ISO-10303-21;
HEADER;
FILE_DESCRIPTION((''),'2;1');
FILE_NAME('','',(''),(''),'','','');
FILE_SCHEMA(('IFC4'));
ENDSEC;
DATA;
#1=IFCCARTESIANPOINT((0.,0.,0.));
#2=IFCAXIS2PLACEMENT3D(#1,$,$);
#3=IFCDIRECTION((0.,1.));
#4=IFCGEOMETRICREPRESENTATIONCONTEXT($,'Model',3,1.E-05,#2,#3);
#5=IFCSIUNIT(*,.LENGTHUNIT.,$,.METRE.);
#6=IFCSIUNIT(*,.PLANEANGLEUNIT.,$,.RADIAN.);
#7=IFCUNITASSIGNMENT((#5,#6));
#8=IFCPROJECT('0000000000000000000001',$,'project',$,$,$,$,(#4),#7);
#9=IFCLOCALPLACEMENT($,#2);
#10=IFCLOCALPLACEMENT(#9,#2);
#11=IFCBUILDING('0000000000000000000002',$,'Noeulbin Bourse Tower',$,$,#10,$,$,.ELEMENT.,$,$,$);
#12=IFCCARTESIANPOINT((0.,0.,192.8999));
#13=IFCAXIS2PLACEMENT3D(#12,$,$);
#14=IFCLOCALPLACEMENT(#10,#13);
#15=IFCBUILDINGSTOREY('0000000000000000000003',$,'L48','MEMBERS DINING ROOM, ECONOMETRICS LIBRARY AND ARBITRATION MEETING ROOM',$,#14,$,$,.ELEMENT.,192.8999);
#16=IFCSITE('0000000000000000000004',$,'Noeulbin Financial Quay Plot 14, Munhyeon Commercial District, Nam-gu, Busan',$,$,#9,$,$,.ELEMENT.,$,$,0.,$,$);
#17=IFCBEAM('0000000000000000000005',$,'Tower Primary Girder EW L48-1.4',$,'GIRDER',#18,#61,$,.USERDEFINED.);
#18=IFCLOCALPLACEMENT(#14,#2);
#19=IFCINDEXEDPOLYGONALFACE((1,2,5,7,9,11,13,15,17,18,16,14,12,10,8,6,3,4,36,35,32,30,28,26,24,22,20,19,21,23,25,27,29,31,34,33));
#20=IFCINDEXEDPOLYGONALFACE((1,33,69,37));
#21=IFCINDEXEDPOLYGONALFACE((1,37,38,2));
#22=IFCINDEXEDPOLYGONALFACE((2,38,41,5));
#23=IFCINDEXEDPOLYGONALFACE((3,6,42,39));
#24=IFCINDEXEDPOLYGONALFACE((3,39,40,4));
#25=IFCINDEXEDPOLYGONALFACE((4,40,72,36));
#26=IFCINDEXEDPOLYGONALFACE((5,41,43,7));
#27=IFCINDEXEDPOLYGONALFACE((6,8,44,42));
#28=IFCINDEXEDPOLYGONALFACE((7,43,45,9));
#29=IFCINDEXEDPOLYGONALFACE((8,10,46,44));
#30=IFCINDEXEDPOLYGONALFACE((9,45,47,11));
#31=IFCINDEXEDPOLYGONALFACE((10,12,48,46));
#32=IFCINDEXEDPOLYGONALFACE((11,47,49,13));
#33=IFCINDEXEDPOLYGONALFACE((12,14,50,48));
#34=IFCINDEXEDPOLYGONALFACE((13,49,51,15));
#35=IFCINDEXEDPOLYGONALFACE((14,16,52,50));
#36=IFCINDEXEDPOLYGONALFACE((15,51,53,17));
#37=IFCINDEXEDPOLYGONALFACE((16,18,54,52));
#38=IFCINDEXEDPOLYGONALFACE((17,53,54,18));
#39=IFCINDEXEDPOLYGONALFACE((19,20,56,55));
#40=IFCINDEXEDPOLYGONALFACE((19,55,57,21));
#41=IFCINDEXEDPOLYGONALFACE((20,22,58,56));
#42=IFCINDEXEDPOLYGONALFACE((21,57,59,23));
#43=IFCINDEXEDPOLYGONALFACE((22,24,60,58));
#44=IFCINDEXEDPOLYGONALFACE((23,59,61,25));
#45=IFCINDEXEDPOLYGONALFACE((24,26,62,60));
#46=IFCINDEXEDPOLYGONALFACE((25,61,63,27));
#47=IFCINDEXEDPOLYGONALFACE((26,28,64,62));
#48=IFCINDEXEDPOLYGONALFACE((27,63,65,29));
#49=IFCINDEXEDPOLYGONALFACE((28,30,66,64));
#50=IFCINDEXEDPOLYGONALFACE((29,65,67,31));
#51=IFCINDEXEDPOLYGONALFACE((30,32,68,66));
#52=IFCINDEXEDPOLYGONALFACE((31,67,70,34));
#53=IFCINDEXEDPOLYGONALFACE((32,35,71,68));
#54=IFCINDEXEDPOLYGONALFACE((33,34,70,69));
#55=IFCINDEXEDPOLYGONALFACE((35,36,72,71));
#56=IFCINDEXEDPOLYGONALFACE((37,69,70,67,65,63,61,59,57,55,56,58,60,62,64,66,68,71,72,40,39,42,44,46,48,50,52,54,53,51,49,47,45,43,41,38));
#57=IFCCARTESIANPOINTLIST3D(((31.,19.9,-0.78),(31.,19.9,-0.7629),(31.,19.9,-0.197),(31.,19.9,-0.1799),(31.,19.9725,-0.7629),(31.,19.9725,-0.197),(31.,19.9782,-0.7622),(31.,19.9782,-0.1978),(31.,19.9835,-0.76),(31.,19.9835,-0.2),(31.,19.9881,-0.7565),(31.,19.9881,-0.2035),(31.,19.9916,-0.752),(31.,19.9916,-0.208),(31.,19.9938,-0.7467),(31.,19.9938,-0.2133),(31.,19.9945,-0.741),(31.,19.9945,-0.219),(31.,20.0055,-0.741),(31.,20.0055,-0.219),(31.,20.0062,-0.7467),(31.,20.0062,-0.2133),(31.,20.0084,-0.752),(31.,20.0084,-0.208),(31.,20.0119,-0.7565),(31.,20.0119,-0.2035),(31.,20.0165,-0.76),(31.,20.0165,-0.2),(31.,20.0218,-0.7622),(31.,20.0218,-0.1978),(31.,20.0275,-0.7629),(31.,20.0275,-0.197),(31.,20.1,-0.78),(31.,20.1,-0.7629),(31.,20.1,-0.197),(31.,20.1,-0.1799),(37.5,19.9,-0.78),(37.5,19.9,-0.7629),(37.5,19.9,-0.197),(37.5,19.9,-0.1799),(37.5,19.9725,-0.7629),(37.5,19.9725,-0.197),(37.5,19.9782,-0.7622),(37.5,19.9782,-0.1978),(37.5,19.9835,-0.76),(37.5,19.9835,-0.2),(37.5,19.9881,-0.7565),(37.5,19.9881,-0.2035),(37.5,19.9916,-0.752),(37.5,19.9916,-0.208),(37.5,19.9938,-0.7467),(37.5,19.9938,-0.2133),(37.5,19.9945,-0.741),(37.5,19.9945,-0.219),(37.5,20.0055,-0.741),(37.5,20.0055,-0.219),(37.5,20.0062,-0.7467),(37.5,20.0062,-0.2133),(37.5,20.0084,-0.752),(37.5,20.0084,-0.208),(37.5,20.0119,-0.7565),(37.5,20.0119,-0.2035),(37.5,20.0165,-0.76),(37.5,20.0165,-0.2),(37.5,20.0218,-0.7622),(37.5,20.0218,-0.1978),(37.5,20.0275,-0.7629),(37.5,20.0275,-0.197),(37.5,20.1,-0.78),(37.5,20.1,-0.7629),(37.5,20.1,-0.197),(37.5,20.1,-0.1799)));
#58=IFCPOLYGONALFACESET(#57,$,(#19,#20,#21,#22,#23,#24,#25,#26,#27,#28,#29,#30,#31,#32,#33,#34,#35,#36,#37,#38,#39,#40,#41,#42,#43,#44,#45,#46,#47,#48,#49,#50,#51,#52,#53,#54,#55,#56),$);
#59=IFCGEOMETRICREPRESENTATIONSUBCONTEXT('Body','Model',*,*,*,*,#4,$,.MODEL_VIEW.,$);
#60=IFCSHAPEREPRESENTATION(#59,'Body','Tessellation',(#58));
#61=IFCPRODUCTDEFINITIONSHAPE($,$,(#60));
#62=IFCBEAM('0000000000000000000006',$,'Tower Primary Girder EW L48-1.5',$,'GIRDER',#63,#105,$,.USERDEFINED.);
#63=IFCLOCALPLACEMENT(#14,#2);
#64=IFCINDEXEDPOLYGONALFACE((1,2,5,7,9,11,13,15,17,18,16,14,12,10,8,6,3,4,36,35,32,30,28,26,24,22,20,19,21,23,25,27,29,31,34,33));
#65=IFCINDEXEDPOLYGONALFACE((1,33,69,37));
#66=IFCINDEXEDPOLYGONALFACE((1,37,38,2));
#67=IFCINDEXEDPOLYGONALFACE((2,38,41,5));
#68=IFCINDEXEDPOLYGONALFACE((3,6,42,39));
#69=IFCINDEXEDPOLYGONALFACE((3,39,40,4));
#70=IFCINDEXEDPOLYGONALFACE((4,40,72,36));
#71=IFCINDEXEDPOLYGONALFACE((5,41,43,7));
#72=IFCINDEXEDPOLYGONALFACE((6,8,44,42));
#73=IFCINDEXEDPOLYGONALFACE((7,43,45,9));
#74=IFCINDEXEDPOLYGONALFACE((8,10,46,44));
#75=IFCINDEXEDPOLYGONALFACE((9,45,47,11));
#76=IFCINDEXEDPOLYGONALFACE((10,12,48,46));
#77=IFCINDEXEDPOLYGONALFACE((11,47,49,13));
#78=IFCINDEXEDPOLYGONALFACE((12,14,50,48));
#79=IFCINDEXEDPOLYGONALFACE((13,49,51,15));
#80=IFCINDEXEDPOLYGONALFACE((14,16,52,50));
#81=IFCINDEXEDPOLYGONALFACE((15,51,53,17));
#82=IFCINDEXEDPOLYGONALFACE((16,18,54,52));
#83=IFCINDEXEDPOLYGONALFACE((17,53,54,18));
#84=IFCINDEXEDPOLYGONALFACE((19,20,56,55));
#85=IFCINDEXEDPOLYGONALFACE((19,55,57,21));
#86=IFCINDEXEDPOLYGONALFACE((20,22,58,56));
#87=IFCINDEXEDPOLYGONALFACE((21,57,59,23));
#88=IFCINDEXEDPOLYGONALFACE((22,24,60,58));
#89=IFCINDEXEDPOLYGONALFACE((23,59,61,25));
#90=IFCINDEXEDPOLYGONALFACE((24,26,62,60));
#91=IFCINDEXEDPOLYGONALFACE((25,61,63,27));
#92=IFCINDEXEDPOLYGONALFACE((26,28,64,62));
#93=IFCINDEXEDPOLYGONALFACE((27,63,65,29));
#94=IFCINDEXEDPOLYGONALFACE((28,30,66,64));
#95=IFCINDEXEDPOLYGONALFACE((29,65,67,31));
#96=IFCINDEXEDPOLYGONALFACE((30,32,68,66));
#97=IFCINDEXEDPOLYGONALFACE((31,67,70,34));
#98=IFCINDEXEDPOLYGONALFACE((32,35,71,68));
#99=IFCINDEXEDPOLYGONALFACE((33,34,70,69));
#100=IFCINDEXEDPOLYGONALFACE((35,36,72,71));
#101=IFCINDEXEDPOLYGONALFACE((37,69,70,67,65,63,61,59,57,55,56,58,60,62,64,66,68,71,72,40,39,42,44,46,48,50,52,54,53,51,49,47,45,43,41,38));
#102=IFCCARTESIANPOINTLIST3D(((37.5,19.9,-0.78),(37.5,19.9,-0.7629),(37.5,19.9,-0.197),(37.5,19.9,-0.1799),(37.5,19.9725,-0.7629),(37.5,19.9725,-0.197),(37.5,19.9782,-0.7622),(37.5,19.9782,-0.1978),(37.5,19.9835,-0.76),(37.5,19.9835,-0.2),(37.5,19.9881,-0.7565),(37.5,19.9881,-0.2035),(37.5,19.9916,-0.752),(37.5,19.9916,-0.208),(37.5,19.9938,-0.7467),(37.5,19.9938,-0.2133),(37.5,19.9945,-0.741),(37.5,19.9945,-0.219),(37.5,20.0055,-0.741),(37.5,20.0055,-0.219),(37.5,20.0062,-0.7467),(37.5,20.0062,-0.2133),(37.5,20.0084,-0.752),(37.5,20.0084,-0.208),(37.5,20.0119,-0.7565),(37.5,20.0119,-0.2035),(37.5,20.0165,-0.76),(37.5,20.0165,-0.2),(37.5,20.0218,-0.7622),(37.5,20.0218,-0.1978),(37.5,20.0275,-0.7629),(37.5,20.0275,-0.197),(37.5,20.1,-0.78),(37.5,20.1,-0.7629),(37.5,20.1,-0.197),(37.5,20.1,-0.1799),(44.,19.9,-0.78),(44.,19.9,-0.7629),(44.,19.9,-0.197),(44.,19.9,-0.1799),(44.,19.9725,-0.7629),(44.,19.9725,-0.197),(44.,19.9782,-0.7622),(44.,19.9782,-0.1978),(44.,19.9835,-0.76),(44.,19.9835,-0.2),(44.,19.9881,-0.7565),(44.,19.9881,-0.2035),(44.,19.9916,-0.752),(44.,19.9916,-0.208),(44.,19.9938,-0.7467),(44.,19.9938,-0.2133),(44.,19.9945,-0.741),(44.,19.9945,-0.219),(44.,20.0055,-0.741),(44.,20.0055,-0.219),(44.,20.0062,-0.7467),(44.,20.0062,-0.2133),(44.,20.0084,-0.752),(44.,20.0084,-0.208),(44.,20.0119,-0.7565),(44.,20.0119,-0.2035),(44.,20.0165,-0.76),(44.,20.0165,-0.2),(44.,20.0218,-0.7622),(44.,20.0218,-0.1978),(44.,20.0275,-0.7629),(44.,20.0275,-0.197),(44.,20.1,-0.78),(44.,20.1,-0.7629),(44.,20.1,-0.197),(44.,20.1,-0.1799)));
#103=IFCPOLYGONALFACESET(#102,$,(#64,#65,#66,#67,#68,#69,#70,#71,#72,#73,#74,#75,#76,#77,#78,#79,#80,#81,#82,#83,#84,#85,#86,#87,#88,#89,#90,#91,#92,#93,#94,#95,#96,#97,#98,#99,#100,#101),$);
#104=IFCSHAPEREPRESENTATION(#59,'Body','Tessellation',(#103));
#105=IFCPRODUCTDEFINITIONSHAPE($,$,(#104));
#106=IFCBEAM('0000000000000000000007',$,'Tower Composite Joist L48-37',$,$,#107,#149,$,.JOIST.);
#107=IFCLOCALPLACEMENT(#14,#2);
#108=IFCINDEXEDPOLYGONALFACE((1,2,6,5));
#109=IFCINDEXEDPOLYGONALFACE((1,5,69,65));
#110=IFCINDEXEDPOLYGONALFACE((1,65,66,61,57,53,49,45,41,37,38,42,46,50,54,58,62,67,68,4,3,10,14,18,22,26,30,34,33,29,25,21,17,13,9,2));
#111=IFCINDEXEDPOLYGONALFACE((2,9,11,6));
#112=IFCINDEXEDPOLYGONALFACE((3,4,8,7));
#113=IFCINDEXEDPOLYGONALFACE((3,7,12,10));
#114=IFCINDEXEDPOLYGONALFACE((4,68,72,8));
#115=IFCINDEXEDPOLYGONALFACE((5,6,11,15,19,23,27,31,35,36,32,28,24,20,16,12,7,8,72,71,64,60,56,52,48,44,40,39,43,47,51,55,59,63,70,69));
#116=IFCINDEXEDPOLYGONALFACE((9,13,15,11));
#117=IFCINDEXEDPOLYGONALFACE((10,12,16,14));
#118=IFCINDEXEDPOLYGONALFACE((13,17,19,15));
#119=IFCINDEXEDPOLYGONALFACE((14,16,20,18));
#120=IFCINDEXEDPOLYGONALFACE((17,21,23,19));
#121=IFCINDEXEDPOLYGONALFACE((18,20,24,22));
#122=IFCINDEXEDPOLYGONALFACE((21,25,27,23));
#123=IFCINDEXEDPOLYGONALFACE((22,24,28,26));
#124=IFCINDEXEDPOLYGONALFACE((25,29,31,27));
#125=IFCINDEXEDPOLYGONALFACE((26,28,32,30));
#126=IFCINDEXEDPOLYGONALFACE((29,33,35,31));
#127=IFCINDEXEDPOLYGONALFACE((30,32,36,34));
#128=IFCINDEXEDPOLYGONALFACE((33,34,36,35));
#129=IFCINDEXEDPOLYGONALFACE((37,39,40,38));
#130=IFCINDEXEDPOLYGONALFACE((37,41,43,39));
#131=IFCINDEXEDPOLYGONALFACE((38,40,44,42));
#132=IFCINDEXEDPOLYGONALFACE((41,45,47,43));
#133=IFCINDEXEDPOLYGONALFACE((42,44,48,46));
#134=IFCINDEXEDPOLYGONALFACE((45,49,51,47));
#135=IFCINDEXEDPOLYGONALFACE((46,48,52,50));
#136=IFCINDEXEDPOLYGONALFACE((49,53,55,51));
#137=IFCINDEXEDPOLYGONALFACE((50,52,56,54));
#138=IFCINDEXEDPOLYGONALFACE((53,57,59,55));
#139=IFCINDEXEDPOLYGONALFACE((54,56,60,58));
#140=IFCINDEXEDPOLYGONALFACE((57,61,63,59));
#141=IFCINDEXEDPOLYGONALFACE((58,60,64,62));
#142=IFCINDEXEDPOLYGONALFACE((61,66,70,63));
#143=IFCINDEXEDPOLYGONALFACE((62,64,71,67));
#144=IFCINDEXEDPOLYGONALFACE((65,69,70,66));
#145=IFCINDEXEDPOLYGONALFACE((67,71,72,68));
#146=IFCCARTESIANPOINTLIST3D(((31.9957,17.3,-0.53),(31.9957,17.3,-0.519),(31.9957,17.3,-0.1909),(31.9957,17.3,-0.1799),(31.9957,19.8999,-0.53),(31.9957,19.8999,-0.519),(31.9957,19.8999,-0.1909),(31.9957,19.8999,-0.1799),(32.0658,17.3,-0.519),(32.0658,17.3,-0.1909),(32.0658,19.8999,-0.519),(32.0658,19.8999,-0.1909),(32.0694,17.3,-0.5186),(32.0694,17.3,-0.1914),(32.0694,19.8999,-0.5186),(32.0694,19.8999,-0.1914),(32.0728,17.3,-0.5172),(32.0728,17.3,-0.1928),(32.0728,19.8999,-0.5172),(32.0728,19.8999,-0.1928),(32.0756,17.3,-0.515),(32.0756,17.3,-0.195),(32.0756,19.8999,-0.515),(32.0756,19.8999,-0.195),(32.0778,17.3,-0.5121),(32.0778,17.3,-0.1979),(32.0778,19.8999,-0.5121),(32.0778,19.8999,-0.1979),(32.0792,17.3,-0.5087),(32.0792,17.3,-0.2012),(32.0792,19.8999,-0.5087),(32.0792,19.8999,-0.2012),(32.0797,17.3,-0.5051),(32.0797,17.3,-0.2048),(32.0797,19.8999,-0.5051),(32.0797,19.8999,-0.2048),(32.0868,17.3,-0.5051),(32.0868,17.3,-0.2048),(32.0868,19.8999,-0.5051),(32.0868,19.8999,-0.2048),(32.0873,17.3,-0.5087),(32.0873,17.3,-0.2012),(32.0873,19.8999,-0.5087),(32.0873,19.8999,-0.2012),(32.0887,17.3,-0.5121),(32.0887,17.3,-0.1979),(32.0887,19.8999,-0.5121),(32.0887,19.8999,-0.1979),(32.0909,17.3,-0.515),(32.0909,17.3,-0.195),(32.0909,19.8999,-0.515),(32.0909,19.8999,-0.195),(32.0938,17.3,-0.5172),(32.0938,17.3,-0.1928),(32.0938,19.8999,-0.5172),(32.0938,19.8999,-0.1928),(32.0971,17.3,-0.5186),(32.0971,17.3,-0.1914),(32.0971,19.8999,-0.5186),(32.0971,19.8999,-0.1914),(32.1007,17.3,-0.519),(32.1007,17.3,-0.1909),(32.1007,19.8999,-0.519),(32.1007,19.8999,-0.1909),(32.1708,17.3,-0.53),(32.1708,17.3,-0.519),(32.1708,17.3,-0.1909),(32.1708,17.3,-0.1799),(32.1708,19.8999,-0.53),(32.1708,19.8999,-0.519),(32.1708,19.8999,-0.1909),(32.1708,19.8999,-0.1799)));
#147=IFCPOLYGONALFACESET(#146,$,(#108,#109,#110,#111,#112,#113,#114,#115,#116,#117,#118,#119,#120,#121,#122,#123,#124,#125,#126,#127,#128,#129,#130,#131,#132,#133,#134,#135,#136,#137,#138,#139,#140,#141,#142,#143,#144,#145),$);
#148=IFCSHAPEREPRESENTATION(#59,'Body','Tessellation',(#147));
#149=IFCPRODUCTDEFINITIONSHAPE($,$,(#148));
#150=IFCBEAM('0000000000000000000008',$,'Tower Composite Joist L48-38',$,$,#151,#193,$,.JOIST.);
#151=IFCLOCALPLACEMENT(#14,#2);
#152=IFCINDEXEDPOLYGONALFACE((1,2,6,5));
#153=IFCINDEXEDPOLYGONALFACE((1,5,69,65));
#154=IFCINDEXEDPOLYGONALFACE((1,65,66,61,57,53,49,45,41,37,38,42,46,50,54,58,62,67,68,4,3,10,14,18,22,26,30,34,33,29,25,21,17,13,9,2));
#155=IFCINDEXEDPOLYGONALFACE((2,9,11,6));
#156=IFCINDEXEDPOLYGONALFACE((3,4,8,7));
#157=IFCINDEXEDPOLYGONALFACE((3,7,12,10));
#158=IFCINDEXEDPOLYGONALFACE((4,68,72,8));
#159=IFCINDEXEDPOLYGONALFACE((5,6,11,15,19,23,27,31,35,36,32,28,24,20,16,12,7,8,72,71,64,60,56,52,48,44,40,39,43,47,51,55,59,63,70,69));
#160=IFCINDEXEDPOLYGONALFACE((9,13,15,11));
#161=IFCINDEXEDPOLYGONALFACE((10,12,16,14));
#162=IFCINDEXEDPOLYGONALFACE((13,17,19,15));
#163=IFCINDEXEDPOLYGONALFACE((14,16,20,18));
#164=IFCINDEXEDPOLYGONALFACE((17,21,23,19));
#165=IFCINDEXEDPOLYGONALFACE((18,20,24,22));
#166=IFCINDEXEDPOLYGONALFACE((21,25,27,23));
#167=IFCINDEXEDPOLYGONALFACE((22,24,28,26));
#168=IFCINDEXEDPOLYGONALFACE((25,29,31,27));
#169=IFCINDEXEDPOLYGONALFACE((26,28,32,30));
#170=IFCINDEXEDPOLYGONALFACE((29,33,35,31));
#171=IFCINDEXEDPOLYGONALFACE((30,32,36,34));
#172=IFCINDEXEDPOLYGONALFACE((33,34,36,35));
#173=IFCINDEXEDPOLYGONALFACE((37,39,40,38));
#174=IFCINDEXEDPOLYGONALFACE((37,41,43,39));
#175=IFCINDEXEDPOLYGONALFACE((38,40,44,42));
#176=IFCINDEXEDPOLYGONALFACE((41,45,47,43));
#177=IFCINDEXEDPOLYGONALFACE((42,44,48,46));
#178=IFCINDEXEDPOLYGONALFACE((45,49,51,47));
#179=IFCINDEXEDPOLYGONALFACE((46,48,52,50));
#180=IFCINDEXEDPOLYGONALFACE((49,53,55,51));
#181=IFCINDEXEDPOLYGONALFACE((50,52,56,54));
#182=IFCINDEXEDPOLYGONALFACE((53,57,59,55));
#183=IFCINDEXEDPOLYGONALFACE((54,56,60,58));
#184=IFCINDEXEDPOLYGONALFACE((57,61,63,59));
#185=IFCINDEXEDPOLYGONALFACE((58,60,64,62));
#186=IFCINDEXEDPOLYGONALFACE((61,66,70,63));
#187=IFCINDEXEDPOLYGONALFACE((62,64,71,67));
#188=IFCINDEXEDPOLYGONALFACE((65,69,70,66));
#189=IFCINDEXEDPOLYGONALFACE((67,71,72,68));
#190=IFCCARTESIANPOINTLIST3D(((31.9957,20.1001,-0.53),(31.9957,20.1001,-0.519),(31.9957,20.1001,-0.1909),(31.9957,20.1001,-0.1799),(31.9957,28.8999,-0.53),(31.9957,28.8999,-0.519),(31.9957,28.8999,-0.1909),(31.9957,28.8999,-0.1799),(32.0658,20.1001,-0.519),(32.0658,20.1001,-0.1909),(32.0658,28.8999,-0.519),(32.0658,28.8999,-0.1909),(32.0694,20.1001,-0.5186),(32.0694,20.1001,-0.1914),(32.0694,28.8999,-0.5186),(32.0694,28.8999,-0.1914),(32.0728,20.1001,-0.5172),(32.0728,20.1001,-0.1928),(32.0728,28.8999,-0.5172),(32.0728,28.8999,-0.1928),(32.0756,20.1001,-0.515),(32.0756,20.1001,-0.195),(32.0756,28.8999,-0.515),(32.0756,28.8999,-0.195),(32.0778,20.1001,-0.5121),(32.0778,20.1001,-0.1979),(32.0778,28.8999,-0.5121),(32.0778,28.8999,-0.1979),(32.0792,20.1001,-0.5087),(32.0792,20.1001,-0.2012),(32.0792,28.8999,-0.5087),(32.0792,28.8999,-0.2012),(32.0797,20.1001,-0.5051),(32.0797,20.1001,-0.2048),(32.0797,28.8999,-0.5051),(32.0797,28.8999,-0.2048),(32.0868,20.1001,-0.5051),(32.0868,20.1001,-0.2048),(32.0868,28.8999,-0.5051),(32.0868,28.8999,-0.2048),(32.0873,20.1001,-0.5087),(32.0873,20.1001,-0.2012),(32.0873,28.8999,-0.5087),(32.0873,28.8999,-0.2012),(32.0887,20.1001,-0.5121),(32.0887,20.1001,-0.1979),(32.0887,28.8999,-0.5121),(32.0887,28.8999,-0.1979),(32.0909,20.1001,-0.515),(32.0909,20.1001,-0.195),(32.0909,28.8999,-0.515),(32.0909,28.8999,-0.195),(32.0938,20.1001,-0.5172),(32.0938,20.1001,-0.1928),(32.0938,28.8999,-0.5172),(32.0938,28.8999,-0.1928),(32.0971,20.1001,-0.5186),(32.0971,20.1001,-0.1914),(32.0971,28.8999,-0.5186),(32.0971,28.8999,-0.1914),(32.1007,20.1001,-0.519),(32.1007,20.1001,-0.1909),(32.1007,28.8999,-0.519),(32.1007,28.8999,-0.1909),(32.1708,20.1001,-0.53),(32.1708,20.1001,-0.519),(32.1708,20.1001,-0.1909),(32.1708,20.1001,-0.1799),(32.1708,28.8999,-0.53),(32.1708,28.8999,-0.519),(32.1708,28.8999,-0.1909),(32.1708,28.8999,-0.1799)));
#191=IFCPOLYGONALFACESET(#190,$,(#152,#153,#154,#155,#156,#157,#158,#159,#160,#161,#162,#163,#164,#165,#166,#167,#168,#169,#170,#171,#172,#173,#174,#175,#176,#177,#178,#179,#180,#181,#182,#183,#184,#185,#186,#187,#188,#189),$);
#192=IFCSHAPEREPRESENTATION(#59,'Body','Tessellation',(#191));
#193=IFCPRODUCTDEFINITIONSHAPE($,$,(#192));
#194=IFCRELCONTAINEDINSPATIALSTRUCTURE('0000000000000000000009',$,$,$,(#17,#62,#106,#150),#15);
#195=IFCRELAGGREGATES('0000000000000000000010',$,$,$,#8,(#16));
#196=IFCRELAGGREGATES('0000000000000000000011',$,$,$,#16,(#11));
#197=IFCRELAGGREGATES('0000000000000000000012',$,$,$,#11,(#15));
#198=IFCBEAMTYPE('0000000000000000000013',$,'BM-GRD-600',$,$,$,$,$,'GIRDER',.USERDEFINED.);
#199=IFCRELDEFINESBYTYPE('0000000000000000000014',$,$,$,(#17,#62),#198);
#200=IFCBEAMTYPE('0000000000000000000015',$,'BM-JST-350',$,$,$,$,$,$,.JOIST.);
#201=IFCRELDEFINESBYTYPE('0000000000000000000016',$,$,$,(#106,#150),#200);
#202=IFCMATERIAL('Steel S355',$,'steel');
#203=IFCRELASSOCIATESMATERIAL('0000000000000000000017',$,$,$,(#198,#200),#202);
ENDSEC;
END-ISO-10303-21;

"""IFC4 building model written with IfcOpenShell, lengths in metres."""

from ifc_helpers import new_model, si_unit, direction, frame, origin, origin_2d, place, context, subcontext, project, spatial, i_section, extrude, material, material_profile, profile_set, type_object, element, save


model = new_model("IFC4")

# Units and contexts
model_context = context("Model", 3, precision=1e-05, world=origin(), true_north=direction((0.0, 1.0)))
body_context = subcontext(model_context, "Body", "Model", "MODEL_VIEW")
ifc_project = project(units=[si_unit("LENGTHUNIT", "METRE"), si_unit("PLANEANGLEUNIT", "RADIAN")], contexts=[model_context])

# Site, building, storey
site_placement = place(None, origin())
site = spatial("IfcSite", under=ifc_project, at=site_placement, Name="Noeulbin Financial Quay Plot 14, Munhyeon Commercial District, Nam-gu, Busan", CompositionType="ELEMENT", RefElevation=0.0)
building_placement = place(site_placement, origin())
building = spatial("IfcBuilding", under=site, at=building_placement, Name="Noeulbin Bourse Tower", CompositionType="ELEMENT")
storey_placement = place(building_placement, frame((0.0, 0.0, 192.8999)))
storey = spatial("IfcBuildingStorey", under=building, at=storey_placement, Name="L48", Description="MEMBERS DINING ROOM, ECONOMETRICS LIBRARY AND ARBITRATION MEETING ROOM", CompositionType="ELEMENT", Elevation=192.8999)

# Beams
ifc_material_1 = material(Name="Steel S355", Category="steel")
ifc_material_profile_1 = material_profile(ifc_material_1, i_section(OverallWidth=0.2, OverallDepth=0.6001, WebThickness=0.011, FlangeThickness=0.0171, FilletRadius=0.022, at=origin_2d()), Name="H-600x200x11x17", Category="LoadBearing")
ifc_profile_set_1 = profile_set([ifc_material_profile_1], Name="Steel S355")
beam_type_1 = type_object("IfcBeamType", Name="BM-GRD-600", ElementType="GIRDER", PredefinedType="USERDEFINED", material=ifc_profile_set_1)
for number, where, z_axis, x_axis, name in (
    (1, (31.0, 20.0, -0.48), (1.0, 0.0, 0.0), (0.0, 1.0, 0.0), "Tower Primary Girder EW L48-1.4"),
    (2, (37.5, 20.0, -0.48), (1.0, 0.0, 0.0), (0.0, 1.0, 0.0), "Tower Primary Girder EW L48-1.5"),
):
    element("IfcBeam", number, at=place(storey_placement, frame(where, z_axis=z_axis, x_axis=x_axis)), inside=storey, type_object=beam_type_1, Name=name, ObjectType="GIRDER", PredefinedType="USERDEFINED", context=body_context, shape_type="SweptSolid", body=[
        extrude(i_section(OverallWidth=0.2, OverallDepth=0.6001, WebThickness=0.011, FlangeThickness=0.0171, FilletRadius=0.022, at=origin_2d()), origin(), (0.0, 0.0, 1.0), 6.5),
    ])
ifc_material_profile_2 = material_profile(ifc_material_1, i_section(OverallWidth=0.175, OverallDepth=0.3501, WebThickness=0.0071, FlangeThickness=0.011, FilletRadius=0.0139, at=origin_2d()), Name="H-350x175x7x11", Category="LoadBearing")
ifc_profile_set_2 = profile_set([ifc_material_profile_2], Name="Steel S355")
beam_type_2 = type_object("IfcBeamType", Name="BM-JST-350", PredefinedType="JOIST", material=ifc_profile_set_2)
beam_1_placement = place(storey_placement, frame((32.0833, 17.3, -0.355), z_axis=(0.0, 1.0, 0.0), x_axis=(-1.0, 0.0, 0.0)))
element("IfcBeam", 3, at=beam_1_placement, inside=storey, type_object=beam_type_2, Name="Tower Composite Joist L48-37", PredefinedType="JOIST", context=body_context, shape_type="SweptSolid", body=[
    extrude(i_section(OverallWidth=0.175, OverallDepth=0.3501, WebThickness=0.0071, FlangeThickness=0.011, FilletRadius=0.0139, at=origin_2d()), origin(), (0.0, 0.0, 1.0), 2.5999),
])
beam_2_placement = place(storey_placement, frame((32.0833, 20.1001, -0.355), z_axis=(0.0, 1.0, 0.0), x_axis=(-1.0, 0.0, 0.0)))
element("IfcBeam", 4, at=beam_2_placement, inside=storey, type_object=beam_type_2, Name="Tower Composite Joist L48-38", PredefinedType="JOIST", context=body_context, shape_type="SweptSolid", body=[
    extrude(i_section(OverallWidth=0.175, OverallDepth=0.3501, WebThickness=0.0071, FlangeThickness=0.011, FilletRadius=0.0139, at=origin_2d()), origin(), (0.0, 0.0, 1.0), 8.7998),
])

save(model, "model.ifc")
